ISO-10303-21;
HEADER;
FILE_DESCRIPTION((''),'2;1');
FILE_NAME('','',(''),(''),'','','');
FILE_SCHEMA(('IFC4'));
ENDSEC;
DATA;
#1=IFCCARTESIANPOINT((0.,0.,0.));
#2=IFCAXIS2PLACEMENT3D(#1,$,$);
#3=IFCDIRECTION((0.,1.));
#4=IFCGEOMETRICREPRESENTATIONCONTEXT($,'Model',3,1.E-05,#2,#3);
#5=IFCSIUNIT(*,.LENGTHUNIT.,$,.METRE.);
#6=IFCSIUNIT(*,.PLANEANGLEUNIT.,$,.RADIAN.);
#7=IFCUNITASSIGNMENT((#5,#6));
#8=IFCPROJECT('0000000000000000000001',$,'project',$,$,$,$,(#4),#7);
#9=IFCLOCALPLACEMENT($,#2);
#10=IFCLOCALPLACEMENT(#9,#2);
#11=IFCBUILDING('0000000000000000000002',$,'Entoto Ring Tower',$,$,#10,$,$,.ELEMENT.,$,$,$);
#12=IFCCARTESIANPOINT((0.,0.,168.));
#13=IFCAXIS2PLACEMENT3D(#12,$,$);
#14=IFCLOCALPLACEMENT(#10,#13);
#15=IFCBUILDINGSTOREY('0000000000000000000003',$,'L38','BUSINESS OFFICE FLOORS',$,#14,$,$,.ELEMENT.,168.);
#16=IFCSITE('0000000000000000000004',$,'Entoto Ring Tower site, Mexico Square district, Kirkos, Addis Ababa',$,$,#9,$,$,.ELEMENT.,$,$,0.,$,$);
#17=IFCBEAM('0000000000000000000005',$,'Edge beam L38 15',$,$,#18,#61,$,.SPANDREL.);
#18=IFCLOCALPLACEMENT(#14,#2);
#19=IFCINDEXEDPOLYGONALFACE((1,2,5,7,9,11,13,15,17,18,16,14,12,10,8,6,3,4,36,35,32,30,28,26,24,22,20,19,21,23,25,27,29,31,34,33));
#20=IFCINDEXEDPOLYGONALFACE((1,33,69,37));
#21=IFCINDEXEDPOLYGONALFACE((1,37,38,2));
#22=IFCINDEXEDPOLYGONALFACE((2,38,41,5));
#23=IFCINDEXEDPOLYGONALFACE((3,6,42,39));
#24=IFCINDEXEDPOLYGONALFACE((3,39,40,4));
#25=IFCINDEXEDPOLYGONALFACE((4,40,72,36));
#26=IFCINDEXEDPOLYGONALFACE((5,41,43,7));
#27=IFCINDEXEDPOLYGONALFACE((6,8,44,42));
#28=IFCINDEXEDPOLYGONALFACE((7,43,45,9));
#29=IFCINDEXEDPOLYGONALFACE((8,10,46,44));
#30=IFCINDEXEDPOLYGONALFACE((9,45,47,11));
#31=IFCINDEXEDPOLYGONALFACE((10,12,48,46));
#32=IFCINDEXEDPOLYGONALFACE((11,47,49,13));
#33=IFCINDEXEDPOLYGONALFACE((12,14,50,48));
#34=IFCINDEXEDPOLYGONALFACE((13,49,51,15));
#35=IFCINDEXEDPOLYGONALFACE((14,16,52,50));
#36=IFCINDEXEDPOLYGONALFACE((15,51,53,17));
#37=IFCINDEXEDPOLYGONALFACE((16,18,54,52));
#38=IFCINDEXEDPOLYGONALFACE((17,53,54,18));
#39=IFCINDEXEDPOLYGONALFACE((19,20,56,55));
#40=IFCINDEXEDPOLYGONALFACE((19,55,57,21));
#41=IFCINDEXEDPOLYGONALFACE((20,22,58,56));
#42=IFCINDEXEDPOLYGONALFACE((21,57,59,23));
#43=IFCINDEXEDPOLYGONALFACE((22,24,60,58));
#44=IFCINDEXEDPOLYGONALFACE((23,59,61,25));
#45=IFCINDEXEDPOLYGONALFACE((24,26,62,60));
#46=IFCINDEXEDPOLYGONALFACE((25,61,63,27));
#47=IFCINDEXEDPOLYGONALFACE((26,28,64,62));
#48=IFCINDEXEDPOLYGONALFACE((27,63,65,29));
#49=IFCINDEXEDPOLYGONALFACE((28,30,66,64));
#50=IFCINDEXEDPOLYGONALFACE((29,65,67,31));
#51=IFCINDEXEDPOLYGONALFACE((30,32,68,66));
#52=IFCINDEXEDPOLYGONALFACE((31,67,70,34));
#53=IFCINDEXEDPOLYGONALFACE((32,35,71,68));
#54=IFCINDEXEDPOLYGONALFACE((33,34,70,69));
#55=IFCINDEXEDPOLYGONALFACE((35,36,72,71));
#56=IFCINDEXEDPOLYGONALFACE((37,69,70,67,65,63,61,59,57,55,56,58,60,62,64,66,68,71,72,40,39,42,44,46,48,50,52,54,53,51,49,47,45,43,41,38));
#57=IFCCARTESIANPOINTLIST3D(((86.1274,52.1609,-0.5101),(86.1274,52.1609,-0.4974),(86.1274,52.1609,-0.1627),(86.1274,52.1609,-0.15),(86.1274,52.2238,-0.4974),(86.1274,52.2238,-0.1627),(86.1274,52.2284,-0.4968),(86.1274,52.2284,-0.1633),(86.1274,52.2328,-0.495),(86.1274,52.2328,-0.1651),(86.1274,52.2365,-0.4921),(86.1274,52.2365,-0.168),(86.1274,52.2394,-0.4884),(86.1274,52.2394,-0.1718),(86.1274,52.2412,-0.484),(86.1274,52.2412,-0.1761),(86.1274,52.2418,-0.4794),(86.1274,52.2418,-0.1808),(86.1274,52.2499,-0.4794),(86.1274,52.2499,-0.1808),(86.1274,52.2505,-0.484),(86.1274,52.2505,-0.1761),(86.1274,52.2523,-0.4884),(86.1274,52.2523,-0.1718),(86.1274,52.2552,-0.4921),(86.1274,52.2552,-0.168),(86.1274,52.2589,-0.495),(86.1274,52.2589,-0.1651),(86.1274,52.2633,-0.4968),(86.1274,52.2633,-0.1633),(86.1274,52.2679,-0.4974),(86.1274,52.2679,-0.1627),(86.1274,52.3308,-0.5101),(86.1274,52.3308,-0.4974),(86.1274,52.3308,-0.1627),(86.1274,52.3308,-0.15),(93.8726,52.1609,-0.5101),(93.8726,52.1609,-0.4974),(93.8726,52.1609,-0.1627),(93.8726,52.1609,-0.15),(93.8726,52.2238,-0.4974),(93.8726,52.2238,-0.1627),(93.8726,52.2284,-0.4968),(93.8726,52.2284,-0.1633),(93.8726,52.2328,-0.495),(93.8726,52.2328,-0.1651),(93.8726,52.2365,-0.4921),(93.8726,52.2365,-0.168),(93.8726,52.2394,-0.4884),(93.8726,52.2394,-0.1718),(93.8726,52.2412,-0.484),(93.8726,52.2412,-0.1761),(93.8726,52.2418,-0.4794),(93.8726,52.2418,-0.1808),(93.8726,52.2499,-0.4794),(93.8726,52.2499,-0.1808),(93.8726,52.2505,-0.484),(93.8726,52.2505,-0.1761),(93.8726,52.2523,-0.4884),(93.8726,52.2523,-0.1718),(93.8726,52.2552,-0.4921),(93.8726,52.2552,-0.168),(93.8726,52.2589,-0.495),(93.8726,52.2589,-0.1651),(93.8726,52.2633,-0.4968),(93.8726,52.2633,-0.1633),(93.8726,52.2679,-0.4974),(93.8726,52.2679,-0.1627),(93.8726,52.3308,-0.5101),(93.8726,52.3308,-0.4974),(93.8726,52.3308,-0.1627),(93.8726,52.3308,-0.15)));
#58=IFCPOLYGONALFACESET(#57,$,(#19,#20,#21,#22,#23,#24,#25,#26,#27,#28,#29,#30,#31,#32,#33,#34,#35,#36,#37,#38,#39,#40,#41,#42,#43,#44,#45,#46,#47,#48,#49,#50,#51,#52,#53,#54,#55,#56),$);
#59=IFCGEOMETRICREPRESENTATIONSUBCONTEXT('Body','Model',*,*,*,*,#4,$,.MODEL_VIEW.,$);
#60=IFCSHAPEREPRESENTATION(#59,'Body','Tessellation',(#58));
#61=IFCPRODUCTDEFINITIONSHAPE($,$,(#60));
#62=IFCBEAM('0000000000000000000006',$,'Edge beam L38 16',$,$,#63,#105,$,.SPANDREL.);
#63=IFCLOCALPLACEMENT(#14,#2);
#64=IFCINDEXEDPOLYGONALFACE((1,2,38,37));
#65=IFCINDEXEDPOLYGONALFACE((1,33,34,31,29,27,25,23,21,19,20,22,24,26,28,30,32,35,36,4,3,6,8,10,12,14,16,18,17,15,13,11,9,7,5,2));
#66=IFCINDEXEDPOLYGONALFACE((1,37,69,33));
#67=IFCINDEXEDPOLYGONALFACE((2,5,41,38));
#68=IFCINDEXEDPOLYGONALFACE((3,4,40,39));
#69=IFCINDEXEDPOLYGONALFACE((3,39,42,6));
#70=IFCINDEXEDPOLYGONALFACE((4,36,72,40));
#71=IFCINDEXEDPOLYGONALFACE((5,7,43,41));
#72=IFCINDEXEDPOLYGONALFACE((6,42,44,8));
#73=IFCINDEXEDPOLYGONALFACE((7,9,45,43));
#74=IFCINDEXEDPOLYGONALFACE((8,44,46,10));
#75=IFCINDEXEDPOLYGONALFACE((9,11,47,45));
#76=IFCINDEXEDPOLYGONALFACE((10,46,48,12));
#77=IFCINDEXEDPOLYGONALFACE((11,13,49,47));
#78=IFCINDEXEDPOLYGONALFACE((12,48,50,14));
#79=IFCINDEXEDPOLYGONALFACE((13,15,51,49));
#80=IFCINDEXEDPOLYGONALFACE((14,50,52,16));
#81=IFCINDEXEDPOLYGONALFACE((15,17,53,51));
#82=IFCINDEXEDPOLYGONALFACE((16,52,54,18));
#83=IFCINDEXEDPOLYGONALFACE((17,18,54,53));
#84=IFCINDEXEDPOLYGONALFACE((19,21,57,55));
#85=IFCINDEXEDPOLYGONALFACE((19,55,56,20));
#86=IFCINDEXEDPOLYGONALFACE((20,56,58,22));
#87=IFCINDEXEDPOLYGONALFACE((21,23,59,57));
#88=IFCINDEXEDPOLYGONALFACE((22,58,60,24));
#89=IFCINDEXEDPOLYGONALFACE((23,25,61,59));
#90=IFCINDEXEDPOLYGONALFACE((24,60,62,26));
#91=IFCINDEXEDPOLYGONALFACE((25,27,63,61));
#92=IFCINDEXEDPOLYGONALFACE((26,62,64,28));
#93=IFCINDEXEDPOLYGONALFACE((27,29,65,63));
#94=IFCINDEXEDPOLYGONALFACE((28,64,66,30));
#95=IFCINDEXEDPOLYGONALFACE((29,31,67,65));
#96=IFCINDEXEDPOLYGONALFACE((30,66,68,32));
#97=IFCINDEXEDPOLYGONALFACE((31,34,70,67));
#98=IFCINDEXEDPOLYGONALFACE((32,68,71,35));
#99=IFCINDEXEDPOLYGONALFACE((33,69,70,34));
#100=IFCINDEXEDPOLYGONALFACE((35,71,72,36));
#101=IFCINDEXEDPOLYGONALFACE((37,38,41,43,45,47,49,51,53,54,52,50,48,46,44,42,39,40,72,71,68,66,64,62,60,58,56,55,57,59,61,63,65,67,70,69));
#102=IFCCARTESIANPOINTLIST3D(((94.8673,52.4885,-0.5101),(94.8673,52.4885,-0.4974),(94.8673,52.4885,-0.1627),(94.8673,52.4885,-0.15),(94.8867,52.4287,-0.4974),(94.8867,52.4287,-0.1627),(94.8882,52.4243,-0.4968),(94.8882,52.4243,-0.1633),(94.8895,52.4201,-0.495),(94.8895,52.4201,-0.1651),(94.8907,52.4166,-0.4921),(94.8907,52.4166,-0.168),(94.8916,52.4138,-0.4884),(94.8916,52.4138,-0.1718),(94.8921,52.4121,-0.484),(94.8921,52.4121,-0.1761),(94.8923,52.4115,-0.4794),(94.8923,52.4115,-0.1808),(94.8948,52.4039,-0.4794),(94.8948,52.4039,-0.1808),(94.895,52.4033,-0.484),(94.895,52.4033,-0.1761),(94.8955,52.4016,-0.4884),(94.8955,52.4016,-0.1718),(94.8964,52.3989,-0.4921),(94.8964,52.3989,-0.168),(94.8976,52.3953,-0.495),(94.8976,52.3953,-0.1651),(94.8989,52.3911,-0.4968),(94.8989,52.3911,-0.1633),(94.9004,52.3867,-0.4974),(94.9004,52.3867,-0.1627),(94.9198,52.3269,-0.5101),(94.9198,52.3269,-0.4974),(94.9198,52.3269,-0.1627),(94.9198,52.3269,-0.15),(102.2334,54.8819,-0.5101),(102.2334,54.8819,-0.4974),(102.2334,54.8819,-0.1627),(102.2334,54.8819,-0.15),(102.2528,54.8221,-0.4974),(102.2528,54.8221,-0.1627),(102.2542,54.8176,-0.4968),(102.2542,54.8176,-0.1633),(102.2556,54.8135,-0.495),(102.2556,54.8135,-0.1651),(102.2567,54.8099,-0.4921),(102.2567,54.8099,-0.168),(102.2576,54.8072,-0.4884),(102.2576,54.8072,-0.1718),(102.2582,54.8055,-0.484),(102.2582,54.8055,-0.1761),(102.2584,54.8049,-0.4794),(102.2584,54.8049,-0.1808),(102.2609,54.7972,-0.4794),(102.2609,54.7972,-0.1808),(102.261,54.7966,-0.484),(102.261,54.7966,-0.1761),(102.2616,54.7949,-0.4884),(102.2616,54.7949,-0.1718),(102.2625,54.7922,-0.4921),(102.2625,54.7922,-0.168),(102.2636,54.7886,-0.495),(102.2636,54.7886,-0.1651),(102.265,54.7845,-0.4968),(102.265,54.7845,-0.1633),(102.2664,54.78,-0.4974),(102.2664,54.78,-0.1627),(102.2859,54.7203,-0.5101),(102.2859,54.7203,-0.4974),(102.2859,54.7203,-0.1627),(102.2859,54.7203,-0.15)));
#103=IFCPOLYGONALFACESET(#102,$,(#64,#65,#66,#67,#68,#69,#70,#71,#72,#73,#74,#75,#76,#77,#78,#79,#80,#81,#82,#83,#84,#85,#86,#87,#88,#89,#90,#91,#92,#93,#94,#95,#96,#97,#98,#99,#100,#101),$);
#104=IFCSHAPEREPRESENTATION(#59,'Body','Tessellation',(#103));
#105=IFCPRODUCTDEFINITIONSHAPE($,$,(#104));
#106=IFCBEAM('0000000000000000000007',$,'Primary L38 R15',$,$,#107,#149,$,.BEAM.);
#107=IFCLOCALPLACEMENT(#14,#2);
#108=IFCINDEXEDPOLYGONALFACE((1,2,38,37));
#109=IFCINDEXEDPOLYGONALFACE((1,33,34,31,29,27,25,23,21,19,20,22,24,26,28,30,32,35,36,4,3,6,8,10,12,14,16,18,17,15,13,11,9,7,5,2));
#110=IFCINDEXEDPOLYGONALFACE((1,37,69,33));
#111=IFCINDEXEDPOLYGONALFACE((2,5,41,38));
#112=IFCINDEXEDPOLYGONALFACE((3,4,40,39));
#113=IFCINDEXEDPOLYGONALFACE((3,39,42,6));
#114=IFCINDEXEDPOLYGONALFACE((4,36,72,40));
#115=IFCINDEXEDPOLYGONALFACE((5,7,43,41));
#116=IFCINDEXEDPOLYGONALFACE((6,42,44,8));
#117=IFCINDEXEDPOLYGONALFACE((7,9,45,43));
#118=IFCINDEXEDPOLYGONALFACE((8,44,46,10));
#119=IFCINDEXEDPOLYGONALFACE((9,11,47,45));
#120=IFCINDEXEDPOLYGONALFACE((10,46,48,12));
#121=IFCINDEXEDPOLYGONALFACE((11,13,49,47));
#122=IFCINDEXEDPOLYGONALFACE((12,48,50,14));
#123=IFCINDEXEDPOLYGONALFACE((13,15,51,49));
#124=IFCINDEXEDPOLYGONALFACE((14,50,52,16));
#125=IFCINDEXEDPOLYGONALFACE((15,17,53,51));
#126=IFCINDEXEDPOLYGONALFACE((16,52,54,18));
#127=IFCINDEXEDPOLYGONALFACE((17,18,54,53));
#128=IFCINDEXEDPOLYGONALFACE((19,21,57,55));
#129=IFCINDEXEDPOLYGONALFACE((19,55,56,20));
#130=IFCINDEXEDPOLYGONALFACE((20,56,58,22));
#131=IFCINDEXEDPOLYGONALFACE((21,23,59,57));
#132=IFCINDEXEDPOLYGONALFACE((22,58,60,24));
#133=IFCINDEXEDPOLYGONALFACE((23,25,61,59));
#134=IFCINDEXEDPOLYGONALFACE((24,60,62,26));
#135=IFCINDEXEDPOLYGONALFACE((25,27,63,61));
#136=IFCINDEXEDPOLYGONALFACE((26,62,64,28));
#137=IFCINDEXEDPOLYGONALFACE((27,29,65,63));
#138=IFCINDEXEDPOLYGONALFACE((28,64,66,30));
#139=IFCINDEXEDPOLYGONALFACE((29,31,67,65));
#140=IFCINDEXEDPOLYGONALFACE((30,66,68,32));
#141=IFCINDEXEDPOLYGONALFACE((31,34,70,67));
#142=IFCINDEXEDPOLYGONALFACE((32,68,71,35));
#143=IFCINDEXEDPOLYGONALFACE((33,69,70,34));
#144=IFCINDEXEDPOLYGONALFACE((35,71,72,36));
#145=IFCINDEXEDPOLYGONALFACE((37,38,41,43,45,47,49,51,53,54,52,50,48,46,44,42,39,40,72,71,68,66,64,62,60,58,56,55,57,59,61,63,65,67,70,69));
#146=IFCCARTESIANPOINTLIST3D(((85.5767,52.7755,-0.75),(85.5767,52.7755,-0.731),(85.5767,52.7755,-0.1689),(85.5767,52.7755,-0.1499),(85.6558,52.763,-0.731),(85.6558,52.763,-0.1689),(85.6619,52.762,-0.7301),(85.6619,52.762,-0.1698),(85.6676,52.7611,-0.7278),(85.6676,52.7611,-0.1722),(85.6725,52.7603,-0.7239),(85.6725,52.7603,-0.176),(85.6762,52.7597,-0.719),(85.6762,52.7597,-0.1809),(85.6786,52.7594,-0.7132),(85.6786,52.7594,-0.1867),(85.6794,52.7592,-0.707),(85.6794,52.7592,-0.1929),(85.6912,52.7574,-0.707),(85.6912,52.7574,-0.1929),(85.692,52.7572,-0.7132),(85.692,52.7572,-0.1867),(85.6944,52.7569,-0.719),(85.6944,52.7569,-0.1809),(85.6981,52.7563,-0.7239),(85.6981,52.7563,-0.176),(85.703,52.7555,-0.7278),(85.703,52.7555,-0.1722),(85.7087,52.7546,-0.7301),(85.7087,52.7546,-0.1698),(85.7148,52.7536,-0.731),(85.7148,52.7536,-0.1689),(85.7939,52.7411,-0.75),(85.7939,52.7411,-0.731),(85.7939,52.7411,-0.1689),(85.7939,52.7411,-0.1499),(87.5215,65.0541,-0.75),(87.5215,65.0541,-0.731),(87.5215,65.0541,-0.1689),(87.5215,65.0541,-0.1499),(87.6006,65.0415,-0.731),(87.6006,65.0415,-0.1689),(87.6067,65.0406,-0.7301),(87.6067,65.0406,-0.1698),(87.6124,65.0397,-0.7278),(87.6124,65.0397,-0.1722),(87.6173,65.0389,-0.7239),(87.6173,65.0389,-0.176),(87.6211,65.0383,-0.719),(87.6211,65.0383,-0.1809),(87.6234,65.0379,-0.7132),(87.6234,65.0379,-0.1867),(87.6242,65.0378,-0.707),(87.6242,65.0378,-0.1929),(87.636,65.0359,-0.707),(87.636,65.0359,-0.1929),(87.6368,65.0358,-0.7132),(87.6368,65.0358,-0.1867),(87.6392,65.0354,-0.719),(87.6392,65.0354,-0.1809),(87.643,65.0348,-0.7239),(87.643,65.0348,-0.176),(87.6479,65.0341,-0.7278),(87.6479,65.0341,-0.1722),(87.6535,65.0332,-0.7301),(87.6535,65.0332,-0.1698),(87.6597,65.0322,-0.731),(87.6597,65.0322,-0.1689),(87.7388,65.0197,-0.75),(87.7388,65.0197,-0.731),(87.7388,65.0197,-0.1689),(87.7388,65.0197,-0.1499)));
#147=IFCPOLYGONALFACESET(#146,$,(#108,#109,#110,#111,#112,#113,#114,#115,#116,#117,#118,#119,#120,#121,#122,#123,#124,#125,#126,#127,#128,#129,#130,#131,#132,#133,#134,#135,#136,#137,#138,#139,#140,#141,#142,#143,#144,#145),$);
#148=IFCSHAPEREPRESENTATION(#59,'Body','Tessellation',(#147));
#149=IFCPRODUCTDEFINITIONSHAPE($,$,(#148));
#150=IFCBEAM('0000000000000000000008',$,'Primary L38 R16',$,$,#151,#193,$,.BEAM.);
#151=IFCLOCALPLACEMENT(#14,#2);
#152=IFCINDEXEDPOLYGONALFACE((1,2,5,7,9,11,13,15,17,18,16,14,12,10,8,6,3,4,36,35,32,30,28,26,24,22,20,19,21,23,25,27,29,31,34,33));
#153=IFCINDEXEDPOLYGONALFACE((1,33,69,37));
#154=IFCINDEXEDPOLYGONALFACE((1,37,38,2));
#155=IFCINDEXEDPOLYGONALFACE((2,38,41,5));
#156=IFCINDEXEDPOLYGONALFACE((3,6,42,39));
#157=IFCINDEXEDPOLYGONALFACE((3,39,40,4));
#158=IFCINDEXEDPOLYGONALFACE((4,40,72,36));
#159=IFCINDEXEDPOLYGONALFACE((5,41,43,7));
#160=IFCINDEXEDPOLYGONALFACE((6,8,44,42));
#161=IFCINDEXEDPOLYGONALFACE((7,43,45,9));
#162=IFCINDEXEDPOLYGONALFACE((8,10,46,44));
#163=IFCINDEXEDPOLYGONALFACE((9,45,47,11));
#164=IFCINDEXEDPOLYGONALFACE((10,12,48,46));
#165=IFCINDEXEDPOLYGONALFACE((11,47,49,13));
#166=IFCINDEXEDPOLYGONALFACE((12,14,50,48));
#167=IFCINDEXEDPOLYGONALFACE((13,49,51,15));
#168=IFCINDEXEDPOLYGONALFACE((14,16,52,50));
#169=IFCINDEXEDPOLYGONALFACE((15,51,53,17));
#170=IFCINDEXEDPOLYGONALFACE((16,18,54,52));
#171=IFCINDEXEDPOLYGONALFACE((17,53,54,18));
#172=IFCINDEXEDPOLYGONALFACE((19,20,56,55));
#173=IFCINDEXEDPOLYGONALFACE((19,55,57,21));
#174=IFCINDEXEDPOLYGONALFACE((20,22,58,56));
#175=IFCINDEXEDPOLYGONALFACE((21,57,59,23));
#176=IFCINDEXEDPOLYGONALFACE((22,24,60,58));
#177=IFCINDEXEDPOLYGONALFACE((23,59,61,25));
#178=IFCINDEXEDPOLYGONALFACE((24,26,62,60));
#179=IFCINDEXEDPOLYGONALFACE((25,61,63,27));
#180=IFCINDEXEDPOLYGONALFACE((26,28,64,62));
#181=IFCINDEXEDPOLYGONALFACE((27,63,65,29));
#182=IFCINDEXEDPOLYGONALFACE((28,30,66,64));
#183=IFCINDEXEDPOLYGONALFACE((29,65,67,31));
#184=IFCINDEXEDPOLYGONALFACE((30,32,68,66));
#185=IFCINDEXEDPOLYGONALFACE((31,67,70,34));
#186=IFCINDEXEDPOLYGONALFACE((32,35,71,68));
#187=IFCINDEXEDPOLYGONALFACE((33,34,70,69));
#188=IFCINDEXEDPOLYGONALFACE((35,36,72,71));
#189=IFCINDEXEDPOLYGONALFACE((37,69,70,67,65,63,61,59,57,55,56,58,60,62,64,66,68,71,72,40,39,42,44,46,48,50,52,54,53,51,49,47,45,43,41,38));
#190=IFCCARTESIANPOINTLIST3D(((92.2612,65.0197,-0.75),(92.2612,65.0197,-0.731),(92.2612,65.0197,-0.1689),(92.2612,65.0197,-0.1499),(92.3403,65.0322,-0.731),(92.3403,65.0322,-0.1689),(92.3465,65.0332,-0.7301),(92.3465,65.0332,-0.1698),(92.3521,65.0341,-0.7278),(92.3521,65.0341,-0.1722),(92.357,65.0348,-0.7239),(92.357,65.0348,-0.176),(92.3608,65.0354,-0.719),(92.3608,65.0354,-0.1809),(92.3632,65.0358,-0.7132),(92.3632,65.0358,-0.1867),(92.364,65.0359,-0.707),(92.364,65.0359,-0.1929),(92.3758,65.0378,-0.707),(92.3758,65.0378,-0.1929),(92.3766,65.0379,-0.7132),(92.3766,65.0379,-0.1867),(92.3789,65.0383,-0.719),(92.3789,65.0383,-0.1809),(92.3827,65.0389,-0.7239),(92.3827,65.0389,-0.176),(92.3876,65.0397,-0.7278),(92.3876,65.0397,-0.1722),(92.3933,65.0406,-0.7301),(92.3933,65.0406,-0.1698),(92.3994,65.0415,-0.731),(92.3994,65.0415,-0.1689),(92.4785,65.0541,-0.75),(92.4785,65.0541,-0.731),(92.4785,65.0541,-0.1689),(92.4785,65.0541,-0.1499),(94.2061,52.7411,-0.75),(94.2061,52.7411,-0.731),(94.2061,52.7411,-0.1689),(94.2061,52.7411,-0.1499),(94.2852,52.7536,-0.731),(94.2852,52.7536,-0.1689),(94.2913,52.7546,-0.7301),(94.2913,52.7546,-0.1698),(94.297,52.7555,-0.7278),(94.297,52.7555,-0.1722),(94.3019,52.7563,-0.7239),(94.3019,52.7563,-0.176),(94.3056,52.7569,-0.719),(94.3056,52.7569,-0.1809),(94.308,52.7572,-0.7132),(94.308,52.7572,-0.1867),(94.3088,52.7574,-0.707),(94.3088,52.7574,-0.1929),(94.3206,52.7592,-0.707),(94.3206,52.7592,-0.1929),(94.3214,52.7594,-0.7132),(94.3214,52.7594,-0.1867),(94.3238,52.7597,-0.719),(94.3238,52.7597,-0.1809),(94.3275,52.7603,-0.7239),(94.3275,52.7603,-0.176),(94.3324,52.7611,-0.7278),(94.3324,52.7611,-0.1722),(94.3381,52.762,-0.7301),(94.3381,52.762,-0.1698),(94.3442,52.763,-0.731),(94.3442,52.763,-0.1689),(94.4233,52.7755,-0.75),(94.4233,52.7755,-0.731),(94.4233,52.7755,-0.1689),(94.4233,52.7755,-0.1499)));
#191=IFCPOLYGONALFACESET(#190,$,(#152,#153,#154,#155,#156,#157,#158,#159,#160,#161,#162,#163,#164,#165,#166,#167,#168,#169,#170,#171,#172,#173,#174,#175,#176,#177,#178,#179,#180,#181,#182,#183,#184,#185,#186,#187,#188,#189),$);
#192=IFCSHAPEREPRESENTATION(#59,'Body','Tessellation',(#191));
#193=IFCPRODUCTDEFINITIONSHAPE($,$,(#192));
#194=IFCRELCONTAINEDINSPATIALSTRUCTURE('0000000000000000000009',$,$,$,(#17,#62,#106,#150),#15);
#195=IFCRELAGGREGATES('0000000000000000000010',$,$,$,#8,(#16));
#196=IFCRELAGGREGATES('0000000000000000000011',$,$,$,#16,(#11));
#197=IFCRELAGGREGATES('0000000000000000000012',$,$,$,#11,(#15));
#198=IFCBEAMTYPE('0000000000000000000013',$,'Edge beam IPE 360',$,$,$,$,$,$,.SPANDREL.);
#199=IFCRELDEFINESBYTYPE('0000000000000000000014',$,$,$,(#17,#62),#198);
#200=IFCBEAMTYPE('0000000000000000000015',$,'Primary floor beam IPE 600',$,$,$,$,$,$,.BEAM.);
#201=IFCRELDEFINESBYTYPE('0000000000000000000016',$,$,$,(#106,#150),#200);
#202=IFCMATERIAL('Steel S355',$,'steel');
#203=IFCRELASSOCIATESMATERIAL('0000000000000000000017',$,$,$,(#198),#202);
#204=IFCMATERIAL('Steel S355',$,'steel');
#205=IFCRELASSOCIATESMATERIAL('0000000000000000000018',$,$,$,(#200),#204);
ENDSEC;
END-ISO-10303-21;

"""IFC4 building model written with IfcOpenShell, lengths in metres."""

from ifc_helpers import new_model, si_unit, direction, frame, origin, origin_2d, place, context, subcontext, project, spatial, i_section, extrude, material, material_profile, profile_set, type_object, element, save


model = new_model("IFC4")

# Units and contexts
model_context = context("Model", 3, precision=1e-05, world=origin(), true_north=direction((0.0, 1.0)))
body_context = subcontext(model_context, "Body", "Model", "MODEL_VIEW")
ifc_project = project(units=[si_unit("LENGTHUNIT", "METRE"), si_unit("PLANEANGLEUNIT", "RADIAN")], contexts=[model_context])

# Site, building, storey
site_placement = place(None, origin())
site = spatial("IfcSite", under=ifc_project, at=site_placement, Name="Entoto Ring Tower site, Mexico Square district, Kirkos, Addis Ababa", CompositionType="ELEMENT", RefElevation=0.0)
building_placement = place(site_placement, origin())
building = spatial("IfcBuilding", under=site, at=building_placement, Name="Entoto Ring Tower", CompositionType="ELEMENT")
storey_placement = place(building_placement, frame((0.0, 0.0, 168.0)))
storey = spatial("IfcBuildingStorey", under=building, at=storey_placement, Name="L38", Description="BUSINESS OFFICE FLOORS", CompositionType="ELEMENT", Elevation=168.0)

# Beams
ifc_material_1 = material(Name="Steel S355", Category="steel")
ifc_material_profile_1 = material_profile(ifc_material_1, i_section(OverallWidth=0.1699, OverallDepth=0.3601, WebThickness=0.0081, FlangeThickness=0.0127, FilletRadius=0.0181, at=origin_2d()), Name="IPE 360")
ifc_profile_set_1 = profile_set([ifc_material_profile_1], Name="Steel S355")
beam_type_1 = type_object("IfcBeamType", Name="Edge beam IPE 360", PredefinedType="SPANDREL", material=ifc_profile_set_1)
for number, where, z_axis, x_axis, name in (
    (1, (86.1274, 52.2458, -0.3301), (1.0, 0.0, 0.0), (0.0, 1.0, 0.0), "Edge beam L38 15"),
    (2, (94.8936, 52.4077, -0.3301), (0.951058, 0.309013, 0.0), (-0.309013, 0.951058, 0.0), "Edge beam L38 16"),
):
    element("IfcBeam", number, at=place(storey_placement, frame(where, z_axis=z_axis, x_axis=x_axis)), inside=storey, type_object=beam_type_1, Name=name, PredefinedType="SPANDREL", context=body_context, shape_type="SweptSolid", body=[
        extrude(i_section(OverallWidth=0.1699, OverallDepth=0.3601, WebThickness=0.0081, FlangeThickness=0.0127, FilletRadius=0.0181, at=origin_2d()), origin(), (0.0, 0.0, 1.0), 7.7451),
    ])
ifc_material_2 = material(Name="Steel S355", Category="steel")
ifc_material_profile_2 = material_profile(ifc_material_2, i_section(OverallWidth=0.22, OverallDepth=0.6001, WebThickness=0.012, FlangeThickness=0.019, FilletRadius=0.0239, at=origin_2d()), Name="IPE 600")
ifc_profile_set_2 = profile_set([ifc_material_profile_2], Name="Steel S355")
beam_type_2 = type_object("IfcBeamType", Name="Primary floor beam IPE 600", PredefinedType="BEAM", material=ifc_profile_set_2)
for number, where, z_axis, x_axis, name in (
    (3, (87.6301, 65.0369, -0.45), (-0.156442, -0.987687, 0.0), (0.987687, -0.156442, 0.0), "Primary L38 R15"),
    (4, (92.3699, 65.0369, -0.45), (0.156442, -0.987687, 0.0), (0.987687, 0.156442, 0.0), "Primary L38 R16"),
):
    element("IfcBeam", number, at=place(storey_placement, frame(where, z_axis=z_axis, x_axis=x_axis)), inside=storey, type_object=beam_type_2, Name=name, PredefinedType="BEAM", context=body_context, shape_type="SweptSolid", body=[
        extrude(i_section(OverallWidth=0.22, OverallDepth=0.6001, WebThickness=0.012, FlangeThickness=0.019, FilletRadius=0.0239, at=origin_2d()), origin(), (0.0, 0.0, 1.0), 12.4316),
    ])

save(model, "model.ifc")
